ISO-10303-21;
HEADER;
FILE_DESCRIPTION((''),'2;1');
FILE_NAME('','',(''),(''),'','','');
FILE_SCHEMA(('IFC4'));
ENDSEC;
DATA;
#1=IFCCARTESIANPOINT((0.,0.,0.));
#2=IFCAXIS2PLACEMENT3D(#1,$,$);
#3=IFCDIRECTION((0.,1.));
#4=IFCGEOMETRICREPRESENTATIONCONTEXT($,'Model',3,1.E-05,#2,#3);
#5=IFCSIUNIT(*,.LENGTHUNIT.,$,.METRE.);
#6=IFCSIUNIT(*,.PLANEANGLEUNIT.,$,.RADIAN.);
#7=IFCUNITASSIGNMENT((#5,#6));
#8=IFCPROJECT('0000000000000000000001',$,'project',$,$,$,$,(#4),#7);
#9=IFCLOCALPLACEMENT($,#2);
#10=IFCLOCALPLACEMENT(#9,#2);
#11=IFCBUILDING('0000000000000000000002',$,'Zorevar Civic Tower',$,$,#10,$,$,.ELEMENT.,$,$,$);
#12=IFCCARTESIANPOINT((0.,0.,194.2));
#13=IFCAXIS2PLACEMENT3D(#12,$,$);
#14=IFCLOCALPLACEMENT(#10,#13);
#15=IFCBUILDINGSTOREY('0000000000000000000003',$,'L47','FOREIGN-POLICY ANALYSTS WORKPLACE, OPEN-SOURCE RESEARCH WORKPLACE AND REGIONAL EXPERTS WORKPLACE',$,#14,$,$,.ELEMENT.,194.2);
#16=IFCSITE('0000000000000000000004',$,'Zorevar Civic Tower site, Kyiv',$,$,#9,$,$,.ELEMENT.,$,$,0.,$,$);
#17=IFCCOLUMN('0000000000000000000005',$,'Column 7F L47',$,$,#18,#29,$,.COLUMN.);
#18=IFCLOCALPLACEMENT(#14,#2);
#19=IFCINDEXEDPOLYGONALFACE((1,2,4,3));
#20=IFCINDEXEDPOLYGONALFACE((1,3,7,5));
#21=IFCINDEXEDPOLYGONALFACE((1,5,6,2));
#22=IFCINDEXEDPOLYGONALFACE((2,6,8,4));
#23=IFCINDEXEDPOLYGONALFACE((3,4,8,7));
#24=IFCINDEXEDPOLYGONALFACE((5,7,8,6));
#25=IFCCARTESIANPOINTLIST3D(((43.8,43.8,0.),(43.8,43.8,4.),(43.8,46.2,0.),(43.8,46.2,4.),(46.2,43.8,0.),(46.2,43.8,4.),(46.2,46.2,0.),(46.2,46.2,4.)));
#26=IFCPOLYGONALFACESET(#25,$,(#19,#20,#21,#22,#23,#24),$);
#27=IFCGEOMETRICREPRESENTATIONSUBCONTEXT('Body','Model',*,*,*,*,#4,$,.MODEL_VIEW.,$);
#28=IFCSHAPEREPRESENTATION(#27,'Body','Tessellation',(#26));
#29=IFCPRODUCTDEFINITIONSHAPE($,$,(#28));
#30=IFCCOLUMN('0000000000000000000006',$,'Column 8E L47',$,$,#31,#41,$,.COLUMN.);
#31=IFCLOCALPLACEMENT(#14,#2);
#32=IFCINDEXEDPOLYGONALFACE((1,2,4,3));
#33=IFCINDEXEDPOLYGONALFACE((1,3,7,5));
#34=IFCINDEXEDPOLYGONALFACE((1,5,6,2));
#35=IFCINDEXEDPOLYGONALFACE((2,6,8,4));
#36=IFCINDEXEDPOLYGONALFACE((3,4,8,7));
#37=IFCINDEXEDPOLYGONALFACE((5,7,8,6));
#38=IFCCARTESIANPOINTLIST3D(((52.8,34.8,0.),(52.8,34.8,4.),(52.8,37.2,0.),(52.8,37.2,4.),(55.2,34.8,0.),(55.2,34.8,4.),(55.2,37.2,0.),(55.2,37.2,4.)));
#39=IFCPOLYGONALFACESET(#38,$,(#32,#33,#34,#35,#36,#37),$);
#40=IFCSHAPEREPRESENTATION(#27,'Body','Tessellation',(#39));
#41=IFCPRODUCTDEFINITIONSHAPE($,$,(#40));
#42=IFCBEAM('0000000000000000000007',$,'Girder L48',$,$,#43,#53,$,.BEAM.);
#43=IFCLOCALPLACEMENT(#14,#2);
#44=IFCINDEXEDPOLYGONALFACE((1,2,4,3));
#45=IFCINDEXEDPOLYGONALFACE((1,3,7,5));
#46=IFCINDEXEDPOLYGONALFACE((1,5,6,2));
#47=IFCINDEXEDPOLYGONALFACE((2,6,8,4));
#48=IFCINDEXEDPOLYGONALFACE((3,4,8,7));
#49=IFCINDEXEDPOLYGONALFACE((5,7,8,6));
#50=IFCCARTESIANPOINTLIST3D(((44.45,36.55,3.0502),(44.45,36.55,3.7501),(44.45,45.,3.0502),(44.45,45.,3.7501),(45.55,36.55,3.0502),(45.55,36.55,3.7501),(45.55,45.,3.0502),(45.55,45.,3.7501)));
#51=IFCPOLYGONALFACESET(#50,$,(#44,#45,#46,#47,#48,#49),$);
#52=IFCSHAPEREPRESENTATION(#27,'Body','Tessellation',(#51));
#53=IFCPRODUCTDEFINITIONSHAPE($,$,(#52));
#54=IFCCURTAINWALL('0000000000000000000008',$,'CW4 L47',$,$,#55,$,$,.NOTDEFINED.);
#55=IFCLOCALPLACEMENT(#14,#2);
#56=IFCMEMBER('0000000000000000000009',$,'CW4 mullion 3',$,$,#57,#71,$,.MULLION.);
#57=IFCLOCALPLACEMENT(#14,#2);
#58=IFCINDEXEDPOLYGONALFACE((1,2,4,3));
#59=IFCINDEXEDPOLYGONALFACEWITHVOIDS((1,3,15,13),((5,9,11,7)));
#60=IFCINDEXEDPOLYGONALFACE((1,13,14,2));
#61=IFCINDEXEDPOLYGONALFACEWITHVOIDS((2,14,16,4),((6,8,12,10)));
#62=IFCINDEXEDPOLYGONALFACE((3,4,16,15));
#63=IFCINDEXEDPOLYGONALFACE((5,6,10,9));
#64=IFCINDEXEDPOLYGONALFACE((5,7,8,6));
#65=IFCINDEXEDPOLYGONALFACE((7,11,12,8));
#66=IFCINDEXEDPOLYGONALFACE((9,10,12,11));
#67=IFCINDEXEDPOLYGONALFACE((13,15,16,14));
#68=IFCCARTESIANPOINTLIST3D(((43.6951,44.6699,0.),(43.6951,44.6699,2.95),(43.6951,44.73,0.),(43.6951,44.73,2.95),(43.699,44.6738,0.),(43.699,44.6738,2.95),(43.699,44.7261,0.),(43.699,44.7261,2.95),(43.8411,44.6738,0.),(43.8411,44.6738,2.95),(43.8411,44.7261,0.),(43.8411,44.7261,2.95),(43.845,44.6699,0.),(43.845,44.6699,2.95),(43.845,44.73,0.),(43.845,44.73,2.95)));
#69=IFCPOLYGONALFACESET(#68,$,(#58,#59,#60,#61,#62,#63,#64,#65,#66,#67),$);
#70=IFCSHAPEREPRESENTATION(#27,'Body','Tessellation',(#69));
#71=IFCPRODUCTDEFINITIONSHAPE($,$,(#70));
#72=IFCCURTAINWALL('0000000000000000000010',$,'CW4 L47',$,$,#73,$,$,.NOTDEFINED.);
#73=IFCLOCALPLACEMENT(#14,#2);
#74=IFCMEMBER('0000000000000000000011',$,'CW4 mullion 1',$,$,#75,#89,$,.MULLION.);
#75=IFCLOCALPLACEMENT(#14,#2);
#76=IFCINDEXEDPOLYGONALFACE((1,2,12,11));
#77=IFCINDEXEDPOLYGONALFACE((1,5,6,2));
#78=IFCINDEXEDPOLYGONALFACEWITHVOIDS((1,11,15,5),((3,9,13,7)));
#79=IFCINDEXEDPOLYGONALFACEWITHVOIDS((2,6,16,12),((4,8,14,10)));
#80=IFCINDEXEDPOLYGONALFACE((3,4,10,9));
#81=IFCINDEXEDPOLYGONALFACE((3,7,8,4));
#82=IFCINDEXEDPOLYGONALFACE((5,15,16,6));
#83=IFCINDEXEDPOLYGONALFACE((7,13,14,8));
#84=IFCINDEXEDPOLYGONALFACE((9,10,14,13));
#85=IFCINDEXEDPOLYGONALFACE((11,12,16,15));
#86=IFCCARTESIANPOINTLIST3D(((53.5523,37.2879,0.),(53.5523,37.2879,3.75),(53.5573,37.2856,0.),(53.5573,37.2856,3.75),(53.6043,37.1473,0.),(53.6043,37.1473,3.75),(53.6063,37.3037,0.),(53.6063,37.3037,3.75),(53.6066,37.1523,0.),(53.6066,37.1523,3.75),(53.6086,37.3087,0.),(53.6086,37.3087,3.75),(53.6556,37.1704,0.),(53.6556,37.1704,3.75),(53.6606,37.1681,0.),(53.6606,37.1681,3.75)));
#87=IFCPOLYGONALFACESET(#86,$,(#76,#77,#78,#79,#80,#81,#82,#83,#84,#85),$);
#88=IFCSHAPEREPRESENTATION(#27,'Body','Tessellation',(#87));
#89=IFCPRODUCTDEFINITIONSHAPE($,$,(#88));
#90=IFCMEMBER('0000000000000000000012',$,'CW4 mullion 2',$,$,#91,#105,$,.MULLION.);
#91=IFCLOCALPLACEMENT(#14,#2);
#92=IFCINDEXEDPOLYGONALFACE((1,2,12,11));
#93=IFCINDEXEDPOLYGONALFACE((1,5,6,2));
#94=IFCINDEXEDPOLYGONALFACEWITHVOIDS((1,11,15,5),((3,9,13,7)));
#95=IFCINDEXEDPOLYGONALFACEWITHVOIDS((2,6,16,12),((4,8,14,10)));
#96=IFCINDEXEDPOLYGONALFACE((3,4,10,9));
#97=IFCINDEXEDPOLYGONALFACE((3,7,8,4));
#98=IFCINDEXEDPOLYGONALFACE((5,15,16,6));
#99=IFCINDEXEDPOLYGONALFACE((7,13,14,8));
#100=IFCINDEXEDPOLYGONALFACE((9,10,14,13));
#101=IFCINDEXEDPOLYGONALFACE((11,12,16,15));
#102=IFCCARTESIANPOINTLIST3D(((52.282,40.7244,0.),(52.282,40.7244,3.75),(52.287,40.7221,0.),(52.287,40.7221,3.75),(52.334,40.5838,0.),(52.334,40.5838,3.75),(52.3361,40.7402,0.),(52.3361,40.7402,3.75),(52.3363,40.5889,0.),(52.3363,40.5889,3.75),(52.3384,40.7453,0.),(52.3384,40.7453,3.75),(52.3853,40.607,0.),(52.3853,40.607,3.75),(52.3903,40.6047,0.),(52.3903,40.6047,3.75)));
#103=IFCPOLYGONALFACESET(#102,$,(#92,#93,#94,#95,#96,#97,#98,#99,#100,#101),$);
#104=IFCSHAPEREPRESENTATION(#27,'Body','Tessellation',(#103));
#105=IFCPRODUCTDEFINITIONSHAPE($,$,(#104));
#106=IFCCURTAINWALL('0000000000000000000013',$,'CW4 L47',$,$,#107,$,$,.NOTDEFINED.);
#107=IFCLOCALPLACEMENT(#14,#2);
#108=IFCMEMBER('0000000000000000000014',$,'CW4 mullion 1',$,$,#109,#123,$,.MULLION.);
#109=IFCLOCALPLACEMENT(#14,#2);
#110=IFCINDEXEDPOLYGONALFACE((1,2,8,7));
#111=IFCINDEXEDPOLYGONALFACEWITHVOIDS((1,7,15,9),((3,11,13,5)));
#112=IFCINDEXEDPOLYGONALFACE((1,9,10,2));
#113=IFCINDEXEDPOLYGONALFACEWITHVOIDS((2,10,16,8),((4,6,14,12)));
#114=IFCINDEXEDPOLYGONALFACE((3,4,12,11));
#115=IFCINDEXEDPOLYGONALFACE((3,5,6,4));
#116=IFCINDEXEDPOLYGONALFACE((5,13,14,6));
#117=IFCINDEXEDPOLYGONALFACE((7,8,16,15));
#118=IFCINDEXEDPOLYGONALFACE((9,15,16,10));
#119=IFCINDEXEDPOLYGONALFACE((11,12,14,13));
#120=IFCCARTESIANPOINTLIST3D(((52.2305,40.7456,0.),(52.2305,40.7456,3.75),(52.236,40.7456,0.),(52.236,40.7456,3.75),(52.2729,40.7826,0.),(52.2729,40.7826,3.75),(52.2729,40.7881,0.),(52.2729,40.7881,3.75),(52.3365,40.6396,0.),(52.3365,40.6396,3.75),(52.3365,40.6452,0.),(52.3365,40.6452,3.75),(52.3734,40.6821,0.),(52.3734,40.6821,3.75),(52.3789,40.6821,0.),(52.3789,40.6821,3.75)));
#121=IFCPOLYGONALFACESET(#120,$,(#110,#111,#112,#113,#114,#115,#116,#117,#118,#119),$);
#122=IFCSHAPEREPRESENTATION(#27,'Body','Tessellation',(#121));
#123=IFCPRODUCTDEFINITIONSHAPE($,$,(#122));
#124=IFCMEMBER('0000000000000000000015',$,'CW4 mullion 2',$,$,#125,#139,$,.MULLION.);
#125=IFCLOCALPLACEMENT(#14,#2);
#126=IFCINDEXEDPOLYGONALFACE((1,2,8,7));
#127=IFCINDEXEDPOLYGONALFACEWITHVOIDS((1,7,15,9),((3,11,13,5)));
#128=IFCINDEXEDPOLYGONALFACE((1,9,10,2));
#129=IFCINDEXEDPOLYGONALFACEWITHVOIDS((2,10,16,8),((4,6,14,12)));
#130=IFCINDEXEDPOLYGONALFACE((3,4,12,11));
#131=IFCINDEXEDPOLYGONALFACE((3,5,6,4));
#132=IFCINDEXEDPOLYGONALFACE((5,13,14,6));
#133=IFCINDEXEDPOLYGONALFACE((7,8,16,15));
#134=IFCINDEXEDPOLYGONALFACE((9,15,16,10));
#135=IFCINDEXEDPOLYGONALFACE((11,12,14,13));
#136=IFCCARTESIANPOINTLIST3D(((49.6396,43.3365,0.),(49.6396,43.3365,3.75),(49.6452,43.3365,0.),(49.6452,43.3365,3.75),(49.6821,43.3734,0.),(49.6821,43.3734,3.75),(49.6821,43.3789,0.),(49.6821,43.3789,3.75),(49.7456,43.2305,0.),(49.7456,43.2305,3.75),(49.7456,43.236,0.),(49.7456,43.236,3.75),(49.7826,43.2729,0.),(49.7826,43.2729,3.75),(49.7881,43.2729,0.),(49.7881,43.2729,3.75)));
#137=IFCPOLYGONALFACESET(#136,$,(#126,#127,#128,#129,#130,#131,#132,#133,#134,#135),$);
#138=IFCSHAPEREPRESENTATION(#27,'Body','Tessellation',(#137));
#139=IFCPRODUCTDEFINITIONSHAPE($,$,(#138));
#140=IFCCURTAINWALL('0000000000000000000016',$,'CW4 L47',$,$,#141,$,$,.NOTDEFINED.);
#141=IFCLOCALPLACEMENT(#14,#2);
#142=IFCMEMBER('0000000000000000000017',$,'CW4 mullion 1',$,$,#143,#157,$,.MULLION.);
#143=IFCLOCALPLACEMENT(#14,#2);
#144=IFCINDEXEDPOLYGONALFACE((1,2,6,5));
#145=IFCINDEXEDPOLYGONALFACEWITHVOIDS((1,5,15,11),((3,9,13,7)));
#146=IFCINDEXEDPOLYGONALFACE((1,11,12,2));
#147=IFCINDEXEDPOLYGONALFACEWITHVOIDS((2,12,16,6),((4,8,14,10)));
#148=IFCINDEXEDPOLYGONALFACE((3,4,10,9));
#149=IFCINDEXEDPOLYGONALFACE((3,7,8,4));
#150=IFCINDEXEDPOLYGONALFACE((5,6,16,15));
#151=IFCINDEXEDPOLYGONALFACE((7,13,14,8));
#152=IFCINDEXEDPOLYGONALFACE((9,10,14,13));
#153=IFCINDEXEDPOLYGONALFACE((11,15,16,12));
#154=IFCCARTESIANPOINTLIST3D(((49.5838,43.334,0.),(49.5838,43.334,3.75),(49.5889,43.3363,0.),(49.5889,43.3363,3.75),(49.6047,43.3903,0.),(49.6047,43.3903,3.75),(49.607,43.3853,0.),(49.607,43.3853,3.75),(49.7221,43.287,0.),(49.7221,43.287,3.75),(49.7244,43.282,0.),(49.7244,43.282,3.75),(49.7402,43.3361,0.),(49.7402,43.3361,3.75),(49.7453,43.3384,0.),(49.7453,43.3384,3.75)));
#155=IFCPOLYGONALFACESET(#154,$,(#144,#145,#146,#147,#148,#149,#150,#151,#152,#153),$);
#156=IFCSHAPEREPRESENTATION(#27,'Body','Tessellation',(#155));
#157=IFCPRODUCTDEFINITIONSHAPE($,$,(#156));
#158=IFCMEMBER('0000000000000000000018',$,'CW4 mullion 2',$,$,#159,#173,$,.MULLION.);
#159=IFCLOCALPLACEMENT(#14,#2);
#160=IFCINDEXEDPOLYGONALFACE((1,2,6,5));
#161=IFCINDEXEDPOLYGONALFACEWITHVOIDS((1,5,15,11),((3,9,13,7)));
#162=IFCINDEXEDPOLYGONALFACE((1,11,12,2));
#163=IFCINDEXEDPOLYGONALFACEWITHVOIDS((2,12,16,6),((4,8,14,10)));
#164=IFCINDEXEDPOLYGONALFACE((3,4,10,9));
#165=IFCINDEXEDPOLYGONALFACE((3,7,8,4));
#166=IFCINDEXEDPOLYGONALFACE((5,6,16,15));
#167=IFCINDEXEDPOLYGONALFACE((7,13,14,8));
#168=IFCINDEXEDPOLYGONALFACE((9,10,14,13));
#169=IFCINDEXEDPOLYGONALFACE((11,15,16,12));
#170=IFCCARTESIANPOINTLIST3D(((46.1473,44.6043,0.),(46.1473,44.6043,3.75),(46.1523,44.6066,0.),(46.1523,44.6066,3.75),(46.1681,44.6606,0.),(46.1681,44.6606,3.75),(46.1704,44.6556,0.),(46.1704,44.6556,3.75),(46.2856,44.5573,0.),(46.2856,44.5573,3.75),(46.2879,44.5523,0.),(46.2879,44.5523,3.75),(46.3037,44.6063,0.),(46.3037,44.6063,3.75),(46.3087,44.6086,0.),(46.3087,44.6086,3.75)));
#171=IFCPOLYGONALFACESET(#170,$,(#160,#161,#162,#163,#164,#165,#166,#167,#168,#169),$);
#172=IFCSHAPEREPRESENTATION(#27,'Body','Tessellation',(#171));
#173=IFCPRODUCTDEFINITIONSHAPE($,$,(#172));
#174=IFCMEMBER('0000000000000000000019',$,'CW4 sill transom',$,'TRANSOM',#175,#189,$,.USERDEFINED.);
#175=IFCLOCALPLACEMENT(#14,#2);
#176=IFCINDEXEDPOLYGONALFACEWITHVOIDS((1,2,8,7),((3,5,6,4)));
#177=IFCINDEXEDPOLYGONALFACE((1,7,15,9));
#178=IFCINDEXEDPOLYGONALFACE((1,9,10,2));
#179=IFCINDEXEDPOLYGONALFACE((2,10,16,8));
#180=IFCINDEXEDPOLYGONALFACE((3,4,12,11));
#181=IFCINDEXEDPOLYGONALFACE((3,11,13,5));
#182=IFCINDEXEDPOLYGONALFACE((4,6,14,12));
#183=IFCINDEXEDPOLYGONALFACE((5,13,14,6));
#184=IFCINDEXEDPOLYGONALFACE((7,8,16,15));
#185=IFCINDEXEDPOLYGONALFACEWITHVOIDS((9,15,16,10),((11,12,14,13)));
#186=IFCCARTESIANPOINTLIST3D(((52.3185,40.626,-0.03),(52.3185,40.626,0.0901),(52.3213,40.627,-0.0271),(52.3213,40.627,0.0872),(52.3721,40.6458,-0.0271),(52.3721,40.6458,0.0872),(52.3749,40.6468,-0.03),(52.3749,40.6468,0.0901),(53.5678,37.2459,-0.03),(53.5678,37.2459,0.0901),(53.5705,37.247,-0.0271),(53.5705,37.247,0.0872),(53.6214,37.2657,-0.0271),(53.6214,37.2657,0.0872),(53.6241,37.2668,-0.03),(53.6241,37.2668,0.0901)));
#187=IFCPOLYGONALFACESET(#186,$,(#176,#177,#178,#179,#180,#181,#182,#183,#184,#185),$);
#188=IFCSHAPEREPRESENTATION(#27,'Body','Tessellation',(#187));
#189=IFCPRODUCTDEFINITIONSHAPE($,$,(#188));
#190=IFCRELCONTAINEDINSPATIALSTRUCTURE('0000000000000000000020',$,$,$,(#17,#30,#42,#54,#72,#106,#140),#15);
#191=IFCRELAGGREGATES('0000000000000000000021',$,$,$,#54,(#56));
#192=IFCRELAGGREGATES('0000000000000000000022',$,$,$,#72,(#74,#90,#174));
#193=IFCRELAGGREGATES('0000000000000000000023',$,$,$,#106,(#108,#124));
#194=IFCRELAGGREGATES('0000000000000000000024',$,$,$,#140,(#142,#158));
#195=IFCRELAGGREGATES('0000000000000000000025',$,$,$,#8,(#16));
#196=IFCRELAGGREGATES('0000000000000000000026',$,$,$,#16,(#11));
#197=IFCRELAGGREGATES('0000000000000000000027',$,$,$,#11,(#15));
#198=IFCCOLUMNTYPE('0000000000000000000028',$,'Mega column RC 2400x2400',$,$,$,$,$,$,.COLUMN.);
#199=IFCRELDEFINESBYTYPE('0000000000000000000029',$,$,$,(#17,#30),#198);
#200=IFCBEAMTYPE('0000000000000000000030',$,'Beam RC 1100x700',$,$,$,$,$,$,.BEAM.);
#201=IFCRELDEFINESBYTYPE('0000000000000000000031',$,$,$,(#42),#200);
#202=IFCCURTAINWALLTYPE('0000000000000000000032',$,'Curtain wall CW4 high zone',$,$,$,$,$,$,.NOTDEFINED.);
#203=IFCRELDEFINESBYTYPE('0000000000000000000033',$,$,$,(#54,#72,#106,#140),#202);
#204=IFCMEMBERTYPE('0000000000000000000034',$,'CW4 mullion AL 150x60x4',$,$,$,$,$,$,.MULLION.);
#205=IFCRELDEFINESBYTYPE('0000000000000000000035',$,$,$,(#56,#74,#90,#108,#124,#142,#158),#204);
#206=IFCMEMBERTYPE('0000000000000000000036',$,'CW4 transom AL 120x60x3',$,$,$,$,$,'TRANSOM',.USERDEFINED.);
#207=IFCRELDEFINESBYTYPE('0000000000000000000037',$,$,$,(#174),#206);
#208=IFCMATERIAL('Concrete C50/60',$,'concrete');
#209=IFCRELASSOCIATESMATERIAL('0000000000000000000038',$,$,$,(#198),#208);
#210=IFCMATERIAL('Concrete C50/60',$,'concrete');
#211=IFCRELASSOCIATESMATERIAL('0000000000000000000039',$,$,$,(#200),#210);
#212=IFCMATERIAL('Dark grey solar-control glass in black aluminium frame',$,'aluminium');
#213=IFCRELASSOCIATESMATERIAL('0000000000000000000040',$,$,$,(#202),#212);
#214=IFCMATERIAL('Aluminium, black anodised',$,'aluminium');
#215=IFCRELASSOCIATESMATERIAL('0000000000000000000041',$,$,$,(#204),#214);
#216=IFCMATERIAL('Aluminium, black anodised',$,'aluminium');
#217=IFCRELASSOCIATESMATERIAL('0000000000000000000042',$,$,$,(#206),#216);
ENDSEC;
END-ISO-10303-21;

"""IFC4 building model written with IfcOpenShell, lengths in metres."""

from ifc_helpers import new_model, si_unit, direction, frame, origin, origin_2d, place, context, subcontext, project, spatial, rectangle, hollow_rectangle, extrude, material, material_profile, profile_set, type_object, element, aggregate, save


model = new_model("IFC4")

# Units and contexts
model_context = context("Model", 3, precision=1e-05, world=origin(), true_north=direction((0.0, 1.0)))
body_context = subcontext(model_context, "Body", "Model", "MODEL_VIEW")
ifc_project = project(units=[si_unit("LENGTHUNIT", "METRE"), si_unit("PLANEANGLEUNIT", "RADIAN")], contexts=[model_context])

# Site, building, storey
site_placement = place(None, origin())
site = spatial("IfcSite", under=ifc_project, at=site_placement, Name="Zorevar Civic Tower site, Kyiv", CompositionType="ELEMENT", RefElevation=0.0)
building_placement = place(site_placement, origin())
building = spatial("IfcBuilding", under=site, at=building_placement, Name="Zorevar Civic Tower", CompositionType="ELEMENT")
storey_placement = place(building_placement, frame((0.0, 0.0, 194.2)))
storey = spatial("IfcBuildingStorey", under=building, at=storey_placement, Name="L47", Description="FOREIGN-POLICY ANALYSTS WORKPLACE, OPEN-SOURCE RESEARCH WORKPLACE AND REGIONAL EXPERTS WORKPLACE", CompositionType="ELEMENT", Elevation=194.2)

# Columns
ifc_material_1 = material(Name="Concrete C50/60", Category="concrete")
ifc_material_profile_1 = material_profile(ifc_material_1, rectangle(XDim=2.3999, YDim=2.3999, at=origin_2d()), Name="RC 2400x2400")
ifc_profile_set_1 = profile_set([ifc_material_profile_1], Name="Concrete C50/60")
column_type = type_object("IfcColumnType", Name="Mega column RC 2400x2400", PredefinedType="COLUMN", material=ifc_profile_set_1)
for number, where, z_axis, x_axis, name in (
    (1, (45.0, 45.0, 0.0), (0.0, 0.0, 1.0), (1.0, 0.0, 0.0), "Column 7F L47"),
    (2, (54.0, 36.0, 0.0), (0.0, 0.0, 1.0), (1.0, 0.0, 0.0), "Column 8E L47"),
):
    element("IfcColumn", number, at=place(storey_placement, frame(where, z_axis=z_axis, x_axis=x_axis)), inside=storey, type_object=column_type, Name=name, PredefinedType="COLUMN", context=body_context, shape_type="SweptSolid", body=[
        extrude(rectangle(XDim=2.3999, YDim=2.3999, at=origin_2d()), origin(), (0.0, 0.0, 1.0), 4.0),
    ])

# Beam
ifc_material_2 = material(Name="Concrete C50/60", Category="concrete")
ifc_material_profile_2 = material_profile(ifc_material_2, rectangle(XDim=1.1001, YDim=0.7, at=origin_2d()), Name="RC 1100x700")
ifc_profile_set_2 = profile_set([ifc_material_profile_2], Name="Concrete C50/60")
beam_type_1 = type_object("IfcBeamType", Name="Beam RC 1100x700", PredefinedType="BEAM", material=ifc_profile_set_2)
beam_1_placement = place(storey_placement, frame((45.0, 36.55, 3.4001), z_axis=(0.0, 1.0, 0.0), x_axis=(-1.0, 0.0, 0.0)))
element("IfcBeam", 3, at=beam_1_placement, inside=storey, type_object=beam_type_1, Name="Girder L48", PredefinedType="BEAM", context=body_context, shape_type="SweptSolid", body=[
    extrude(rectangle(XDim=1.1001, YDim=0.7, at=origin_2d()), origin(), (0.0, 0.0, 1.0), 8.45),
])

# Curtain wall, member
ifc_material_3 = material(Name="Dark grey solar-control glass in black aluminium frame", Category="aluminium")
curtain_wall_type = type_object("IfcCurtainWallType", Name="Curtain wall CW4 high zone", PredefinedType="NOTDEFINED", material=ifc_material_3)
curtain_wall_1_placement = place(storey_placement, origin())
curtain_wall_1 = element("IfcCurtainWall", 4, at=curtain_wall_1_placement, inside=storey, type_object=curtain_wall_type, Name="CW4 L47", PredefinedType="NOTDEFINED")
ifc_material_4 = material(Name="Aluminium, black anodised", Category="aluminium")
ifc_material_profile_3 = material_profile(ifc_material_4, hollow_rectangle(XDim=0.0601, YDim=0.1499, WallThickness=0.0039, at=origin_2d()), Name="AL 150x60x4")
ifc_profile_set_3 = profile_set([ifc_material_profile_3], Name="Aluminium, black anodised")
member_type_1 = type_object("IfcMemberType", Name="CW4 mullion AL 150x60x4", PredefinedType="MULLION", material=ifc_profile_set_3)
member_1_placement = place(storey_placement, frame((43.77, 44.7, 0.0), z_axis=(0.0, 0.0, 1.0), x_axis=(0.0, 1.0, 0.0)))
member_1 = element("IfcMember", 5, at=member_1_placement, type_object=member_type_1, Name="CW4 mullion 3", PredefinedType="MULLION", context=body_context, shape_type="SweptSolid", body=[
    extrude(hollow_rectangle(XDim=0.0601, YDim=0.1499, WallThickness=0.0039, at=origin_2d()), origin(), (0.0, 0.0, 1.0), 2.95),
])

# Curtain walls, members
curtain_wall_2_placement = place(storey_placement, origin())
curtain_wall_2 = element("IfcCurtainWall", 6, at=curtain_wall_2_placement, inside=storey, type_object=curtain_wall_type, Name="CW4 L47", PredefinedType="NOTDEFINED")
member_2_placement = place(storey_placement, frame((53.6064, 37.228, 0.0), z_axis=(0.0, 0.0, 1.0), x_axis=(-0.937975, -0.346704, 0.0)))
member_2 = element("IfcMember", 7, at=member_2_placement, type_object=member_type_1, Name="CW4 mullion 1", PredefinedType="MULLION", context=body_context, shape_type="SweptSolid", body=[
    extrude(hollow_rectangle(XDim=0.0601, YDim=0.1499, WallThickness=0.0039, at=origin_2d()), origin(), (0.0, 0.0, 1.0), 3.75),
])
member_3_placement = place(storey_placement, frame((52.3362, 40.6646, 0.0), z_axis=(0.0, 0.0, 1.0), x_axis=(-0.937975, -0.346704, 0.0)))
member_3 = element("IfcMember", 8, at=member_3_placement, type_object=member_type_1, Name="CW4 mullion 2", PredefinedType="MULLION", context=body_context, shape_type="SweptSolid", body=[
    extrude(hollow_rectangle(XDim=0.0601, YDim=0.1499, WallThickness=0.0039, at=origin_2d()), origin(), (0.0, 0.0, 1.0), 3.75),
])
curtain_wall_3_placement = place(storey_placement, origin())
curtain_wall_3 = element("IfcCurtainWall", 9, at=curtain_wall_3_placement, inside=storey, type_object=curtain_wall_type, Name="CW4 L47", PredefinedType="NOTDEFINED")
member_4_placement = place(storey_placement, frame((52.3047, 40.7139, 0.0), z_axis=(0.0, 0.0, 1.0), x_axis=(-0.707107, -0.707107, 0.0)))
member_4 = element("IfcMember", 10, at=member_4_placement, type_object=member_type_1, Name="CW4 mullion 1", PredefinedType="MULLION", context=body_context, shape_type="SweptSolid", body=[
    extrude(hollow_rectangle(XDim=0.0601, YDim=0.1499, WallThickness=0.0039, at=origin_2d()), origin(), (0.0, 0.0, 1.0), 3.75),
])
member_5_placement = place(storey_placement, frame((49.7139, 43.3047, 0.0), z_axis=(0.0, 0.0, 1.0), x_axis=(-0.707107, -0.707107, 0.0)))
member_5 = element("IfcMember", 11, at=member_5_placement, type_object=member_type_1, Name="CW4 mullion 2", PredefinedType="MULLION", context=body_context, shape_type="SweptSolid", body=[
    extrude(hollow_rectangle(XDim=0.0601, YDim=0.1499, WallThickness=0.0039, at=origin_2d()), origin(), (0.0, 0.0, 1.0), 3.75),
])
curtain_wall_4_placement = place(storey_placement, origin())
curtain_wall_4 = element("IfcCurtainWall", 12, at=curtain_wall_4_placement, inside=storey, type_object=curtain_wall_type, Name="CW4 L47", PredefinedType="NOTDEFINED")
member_6_placement = place(storey_placement, frame((49.6646, 43.3362, 0.0), z_axis=(0.0, 0.0, 1.0), x_axis=(-0.346704, -0.937975, 0.0)))
member_6 = element("IfcMember", 13, at=member_6_placement, type_object=member_type_1, Name="CW4 mullion 1", PredefinedType="MULLION", context=body_context, shape_type="SweptSolid", body=[
    extrude(hollow_rectangle(XDim=0.0601, YDim=0.1499, WallThickness=0.0039, at=origin_2d()), origin(), (0.0, 0.0, 1.0), 3.75),
])
member_7_placement = place(storey_placement, frame((46.228, 44.6064, 0.0), z_axis=(0.0, 0.0, 1.0), x_axis=(-0.346704, -0.937975, 0.0)))
member_7 = element("IfcMember", 14, at=member_7_placement, type_object=member_type_1, Name="CW4 mullion 2", PredefinedType="MULLION", context=body_context, shape_type="SweptSolid", body=[
    extrude(hollow_rectangle(XDim=0.0601, YDim=0.1499, WallThickness=0.0039, at=origin_2d()), origin(), (0.0, 0.0, 1.0), 3.75),
])

# Member
ifc_material_5 = material(Name="Aluminium, black anodised", Category="aluminium")
ifc_material_profile_4 = material_profile(ifc_material_5, hollow_rectangle(XDim=0.0601, YDim=0.1201, WallThickness=0.0029, at=origin_2d()), Name="AL 120x60x3")
ifc_profile_set_4 = profile_set([ifc_material_profile_4], Name="Aluminium, black anodised")
member_type_2 = type_object("IfcMemberType", Name="CW4 transom AL 120x60x3", ElementType="TRANSOM", PredefinedType="USERDEFINED", material=ifc_profile_set_4)
member_8_placement = place(storey_placement, frame((53.5959, 37.2563, 0.03), z_axis=(-0.346672, 0.937986, 0.0), x_axis=(-0.937986, -0.346672, 0.0)))
member_8 = element("IfcMember", 15, at=member_8_placement, type_object=member_type_2, Name="CW4 sill transom", ObjectType="TRANSOM", PredefinedType="USERDEFINED", context=body_context, shape_type="SweptSolid", body=[
    extrude(hollow_rectangle(XDim=0.0601, YDim=0.1201, WallThickness=0.0029, at=origin_2d()), origin(), (0.0, 0.0, 1.0), 3.6035),
])

aggregate(curtain_wall_1, [member_1])
aggregate(curtain_wall_2, [member_2, member_3, member_8])
aggregate(curtain_wall_3, [member_4, member_5])
aggregate(curtain_wall_4, [member_6, member_7])

save(model, "model.ifc")
